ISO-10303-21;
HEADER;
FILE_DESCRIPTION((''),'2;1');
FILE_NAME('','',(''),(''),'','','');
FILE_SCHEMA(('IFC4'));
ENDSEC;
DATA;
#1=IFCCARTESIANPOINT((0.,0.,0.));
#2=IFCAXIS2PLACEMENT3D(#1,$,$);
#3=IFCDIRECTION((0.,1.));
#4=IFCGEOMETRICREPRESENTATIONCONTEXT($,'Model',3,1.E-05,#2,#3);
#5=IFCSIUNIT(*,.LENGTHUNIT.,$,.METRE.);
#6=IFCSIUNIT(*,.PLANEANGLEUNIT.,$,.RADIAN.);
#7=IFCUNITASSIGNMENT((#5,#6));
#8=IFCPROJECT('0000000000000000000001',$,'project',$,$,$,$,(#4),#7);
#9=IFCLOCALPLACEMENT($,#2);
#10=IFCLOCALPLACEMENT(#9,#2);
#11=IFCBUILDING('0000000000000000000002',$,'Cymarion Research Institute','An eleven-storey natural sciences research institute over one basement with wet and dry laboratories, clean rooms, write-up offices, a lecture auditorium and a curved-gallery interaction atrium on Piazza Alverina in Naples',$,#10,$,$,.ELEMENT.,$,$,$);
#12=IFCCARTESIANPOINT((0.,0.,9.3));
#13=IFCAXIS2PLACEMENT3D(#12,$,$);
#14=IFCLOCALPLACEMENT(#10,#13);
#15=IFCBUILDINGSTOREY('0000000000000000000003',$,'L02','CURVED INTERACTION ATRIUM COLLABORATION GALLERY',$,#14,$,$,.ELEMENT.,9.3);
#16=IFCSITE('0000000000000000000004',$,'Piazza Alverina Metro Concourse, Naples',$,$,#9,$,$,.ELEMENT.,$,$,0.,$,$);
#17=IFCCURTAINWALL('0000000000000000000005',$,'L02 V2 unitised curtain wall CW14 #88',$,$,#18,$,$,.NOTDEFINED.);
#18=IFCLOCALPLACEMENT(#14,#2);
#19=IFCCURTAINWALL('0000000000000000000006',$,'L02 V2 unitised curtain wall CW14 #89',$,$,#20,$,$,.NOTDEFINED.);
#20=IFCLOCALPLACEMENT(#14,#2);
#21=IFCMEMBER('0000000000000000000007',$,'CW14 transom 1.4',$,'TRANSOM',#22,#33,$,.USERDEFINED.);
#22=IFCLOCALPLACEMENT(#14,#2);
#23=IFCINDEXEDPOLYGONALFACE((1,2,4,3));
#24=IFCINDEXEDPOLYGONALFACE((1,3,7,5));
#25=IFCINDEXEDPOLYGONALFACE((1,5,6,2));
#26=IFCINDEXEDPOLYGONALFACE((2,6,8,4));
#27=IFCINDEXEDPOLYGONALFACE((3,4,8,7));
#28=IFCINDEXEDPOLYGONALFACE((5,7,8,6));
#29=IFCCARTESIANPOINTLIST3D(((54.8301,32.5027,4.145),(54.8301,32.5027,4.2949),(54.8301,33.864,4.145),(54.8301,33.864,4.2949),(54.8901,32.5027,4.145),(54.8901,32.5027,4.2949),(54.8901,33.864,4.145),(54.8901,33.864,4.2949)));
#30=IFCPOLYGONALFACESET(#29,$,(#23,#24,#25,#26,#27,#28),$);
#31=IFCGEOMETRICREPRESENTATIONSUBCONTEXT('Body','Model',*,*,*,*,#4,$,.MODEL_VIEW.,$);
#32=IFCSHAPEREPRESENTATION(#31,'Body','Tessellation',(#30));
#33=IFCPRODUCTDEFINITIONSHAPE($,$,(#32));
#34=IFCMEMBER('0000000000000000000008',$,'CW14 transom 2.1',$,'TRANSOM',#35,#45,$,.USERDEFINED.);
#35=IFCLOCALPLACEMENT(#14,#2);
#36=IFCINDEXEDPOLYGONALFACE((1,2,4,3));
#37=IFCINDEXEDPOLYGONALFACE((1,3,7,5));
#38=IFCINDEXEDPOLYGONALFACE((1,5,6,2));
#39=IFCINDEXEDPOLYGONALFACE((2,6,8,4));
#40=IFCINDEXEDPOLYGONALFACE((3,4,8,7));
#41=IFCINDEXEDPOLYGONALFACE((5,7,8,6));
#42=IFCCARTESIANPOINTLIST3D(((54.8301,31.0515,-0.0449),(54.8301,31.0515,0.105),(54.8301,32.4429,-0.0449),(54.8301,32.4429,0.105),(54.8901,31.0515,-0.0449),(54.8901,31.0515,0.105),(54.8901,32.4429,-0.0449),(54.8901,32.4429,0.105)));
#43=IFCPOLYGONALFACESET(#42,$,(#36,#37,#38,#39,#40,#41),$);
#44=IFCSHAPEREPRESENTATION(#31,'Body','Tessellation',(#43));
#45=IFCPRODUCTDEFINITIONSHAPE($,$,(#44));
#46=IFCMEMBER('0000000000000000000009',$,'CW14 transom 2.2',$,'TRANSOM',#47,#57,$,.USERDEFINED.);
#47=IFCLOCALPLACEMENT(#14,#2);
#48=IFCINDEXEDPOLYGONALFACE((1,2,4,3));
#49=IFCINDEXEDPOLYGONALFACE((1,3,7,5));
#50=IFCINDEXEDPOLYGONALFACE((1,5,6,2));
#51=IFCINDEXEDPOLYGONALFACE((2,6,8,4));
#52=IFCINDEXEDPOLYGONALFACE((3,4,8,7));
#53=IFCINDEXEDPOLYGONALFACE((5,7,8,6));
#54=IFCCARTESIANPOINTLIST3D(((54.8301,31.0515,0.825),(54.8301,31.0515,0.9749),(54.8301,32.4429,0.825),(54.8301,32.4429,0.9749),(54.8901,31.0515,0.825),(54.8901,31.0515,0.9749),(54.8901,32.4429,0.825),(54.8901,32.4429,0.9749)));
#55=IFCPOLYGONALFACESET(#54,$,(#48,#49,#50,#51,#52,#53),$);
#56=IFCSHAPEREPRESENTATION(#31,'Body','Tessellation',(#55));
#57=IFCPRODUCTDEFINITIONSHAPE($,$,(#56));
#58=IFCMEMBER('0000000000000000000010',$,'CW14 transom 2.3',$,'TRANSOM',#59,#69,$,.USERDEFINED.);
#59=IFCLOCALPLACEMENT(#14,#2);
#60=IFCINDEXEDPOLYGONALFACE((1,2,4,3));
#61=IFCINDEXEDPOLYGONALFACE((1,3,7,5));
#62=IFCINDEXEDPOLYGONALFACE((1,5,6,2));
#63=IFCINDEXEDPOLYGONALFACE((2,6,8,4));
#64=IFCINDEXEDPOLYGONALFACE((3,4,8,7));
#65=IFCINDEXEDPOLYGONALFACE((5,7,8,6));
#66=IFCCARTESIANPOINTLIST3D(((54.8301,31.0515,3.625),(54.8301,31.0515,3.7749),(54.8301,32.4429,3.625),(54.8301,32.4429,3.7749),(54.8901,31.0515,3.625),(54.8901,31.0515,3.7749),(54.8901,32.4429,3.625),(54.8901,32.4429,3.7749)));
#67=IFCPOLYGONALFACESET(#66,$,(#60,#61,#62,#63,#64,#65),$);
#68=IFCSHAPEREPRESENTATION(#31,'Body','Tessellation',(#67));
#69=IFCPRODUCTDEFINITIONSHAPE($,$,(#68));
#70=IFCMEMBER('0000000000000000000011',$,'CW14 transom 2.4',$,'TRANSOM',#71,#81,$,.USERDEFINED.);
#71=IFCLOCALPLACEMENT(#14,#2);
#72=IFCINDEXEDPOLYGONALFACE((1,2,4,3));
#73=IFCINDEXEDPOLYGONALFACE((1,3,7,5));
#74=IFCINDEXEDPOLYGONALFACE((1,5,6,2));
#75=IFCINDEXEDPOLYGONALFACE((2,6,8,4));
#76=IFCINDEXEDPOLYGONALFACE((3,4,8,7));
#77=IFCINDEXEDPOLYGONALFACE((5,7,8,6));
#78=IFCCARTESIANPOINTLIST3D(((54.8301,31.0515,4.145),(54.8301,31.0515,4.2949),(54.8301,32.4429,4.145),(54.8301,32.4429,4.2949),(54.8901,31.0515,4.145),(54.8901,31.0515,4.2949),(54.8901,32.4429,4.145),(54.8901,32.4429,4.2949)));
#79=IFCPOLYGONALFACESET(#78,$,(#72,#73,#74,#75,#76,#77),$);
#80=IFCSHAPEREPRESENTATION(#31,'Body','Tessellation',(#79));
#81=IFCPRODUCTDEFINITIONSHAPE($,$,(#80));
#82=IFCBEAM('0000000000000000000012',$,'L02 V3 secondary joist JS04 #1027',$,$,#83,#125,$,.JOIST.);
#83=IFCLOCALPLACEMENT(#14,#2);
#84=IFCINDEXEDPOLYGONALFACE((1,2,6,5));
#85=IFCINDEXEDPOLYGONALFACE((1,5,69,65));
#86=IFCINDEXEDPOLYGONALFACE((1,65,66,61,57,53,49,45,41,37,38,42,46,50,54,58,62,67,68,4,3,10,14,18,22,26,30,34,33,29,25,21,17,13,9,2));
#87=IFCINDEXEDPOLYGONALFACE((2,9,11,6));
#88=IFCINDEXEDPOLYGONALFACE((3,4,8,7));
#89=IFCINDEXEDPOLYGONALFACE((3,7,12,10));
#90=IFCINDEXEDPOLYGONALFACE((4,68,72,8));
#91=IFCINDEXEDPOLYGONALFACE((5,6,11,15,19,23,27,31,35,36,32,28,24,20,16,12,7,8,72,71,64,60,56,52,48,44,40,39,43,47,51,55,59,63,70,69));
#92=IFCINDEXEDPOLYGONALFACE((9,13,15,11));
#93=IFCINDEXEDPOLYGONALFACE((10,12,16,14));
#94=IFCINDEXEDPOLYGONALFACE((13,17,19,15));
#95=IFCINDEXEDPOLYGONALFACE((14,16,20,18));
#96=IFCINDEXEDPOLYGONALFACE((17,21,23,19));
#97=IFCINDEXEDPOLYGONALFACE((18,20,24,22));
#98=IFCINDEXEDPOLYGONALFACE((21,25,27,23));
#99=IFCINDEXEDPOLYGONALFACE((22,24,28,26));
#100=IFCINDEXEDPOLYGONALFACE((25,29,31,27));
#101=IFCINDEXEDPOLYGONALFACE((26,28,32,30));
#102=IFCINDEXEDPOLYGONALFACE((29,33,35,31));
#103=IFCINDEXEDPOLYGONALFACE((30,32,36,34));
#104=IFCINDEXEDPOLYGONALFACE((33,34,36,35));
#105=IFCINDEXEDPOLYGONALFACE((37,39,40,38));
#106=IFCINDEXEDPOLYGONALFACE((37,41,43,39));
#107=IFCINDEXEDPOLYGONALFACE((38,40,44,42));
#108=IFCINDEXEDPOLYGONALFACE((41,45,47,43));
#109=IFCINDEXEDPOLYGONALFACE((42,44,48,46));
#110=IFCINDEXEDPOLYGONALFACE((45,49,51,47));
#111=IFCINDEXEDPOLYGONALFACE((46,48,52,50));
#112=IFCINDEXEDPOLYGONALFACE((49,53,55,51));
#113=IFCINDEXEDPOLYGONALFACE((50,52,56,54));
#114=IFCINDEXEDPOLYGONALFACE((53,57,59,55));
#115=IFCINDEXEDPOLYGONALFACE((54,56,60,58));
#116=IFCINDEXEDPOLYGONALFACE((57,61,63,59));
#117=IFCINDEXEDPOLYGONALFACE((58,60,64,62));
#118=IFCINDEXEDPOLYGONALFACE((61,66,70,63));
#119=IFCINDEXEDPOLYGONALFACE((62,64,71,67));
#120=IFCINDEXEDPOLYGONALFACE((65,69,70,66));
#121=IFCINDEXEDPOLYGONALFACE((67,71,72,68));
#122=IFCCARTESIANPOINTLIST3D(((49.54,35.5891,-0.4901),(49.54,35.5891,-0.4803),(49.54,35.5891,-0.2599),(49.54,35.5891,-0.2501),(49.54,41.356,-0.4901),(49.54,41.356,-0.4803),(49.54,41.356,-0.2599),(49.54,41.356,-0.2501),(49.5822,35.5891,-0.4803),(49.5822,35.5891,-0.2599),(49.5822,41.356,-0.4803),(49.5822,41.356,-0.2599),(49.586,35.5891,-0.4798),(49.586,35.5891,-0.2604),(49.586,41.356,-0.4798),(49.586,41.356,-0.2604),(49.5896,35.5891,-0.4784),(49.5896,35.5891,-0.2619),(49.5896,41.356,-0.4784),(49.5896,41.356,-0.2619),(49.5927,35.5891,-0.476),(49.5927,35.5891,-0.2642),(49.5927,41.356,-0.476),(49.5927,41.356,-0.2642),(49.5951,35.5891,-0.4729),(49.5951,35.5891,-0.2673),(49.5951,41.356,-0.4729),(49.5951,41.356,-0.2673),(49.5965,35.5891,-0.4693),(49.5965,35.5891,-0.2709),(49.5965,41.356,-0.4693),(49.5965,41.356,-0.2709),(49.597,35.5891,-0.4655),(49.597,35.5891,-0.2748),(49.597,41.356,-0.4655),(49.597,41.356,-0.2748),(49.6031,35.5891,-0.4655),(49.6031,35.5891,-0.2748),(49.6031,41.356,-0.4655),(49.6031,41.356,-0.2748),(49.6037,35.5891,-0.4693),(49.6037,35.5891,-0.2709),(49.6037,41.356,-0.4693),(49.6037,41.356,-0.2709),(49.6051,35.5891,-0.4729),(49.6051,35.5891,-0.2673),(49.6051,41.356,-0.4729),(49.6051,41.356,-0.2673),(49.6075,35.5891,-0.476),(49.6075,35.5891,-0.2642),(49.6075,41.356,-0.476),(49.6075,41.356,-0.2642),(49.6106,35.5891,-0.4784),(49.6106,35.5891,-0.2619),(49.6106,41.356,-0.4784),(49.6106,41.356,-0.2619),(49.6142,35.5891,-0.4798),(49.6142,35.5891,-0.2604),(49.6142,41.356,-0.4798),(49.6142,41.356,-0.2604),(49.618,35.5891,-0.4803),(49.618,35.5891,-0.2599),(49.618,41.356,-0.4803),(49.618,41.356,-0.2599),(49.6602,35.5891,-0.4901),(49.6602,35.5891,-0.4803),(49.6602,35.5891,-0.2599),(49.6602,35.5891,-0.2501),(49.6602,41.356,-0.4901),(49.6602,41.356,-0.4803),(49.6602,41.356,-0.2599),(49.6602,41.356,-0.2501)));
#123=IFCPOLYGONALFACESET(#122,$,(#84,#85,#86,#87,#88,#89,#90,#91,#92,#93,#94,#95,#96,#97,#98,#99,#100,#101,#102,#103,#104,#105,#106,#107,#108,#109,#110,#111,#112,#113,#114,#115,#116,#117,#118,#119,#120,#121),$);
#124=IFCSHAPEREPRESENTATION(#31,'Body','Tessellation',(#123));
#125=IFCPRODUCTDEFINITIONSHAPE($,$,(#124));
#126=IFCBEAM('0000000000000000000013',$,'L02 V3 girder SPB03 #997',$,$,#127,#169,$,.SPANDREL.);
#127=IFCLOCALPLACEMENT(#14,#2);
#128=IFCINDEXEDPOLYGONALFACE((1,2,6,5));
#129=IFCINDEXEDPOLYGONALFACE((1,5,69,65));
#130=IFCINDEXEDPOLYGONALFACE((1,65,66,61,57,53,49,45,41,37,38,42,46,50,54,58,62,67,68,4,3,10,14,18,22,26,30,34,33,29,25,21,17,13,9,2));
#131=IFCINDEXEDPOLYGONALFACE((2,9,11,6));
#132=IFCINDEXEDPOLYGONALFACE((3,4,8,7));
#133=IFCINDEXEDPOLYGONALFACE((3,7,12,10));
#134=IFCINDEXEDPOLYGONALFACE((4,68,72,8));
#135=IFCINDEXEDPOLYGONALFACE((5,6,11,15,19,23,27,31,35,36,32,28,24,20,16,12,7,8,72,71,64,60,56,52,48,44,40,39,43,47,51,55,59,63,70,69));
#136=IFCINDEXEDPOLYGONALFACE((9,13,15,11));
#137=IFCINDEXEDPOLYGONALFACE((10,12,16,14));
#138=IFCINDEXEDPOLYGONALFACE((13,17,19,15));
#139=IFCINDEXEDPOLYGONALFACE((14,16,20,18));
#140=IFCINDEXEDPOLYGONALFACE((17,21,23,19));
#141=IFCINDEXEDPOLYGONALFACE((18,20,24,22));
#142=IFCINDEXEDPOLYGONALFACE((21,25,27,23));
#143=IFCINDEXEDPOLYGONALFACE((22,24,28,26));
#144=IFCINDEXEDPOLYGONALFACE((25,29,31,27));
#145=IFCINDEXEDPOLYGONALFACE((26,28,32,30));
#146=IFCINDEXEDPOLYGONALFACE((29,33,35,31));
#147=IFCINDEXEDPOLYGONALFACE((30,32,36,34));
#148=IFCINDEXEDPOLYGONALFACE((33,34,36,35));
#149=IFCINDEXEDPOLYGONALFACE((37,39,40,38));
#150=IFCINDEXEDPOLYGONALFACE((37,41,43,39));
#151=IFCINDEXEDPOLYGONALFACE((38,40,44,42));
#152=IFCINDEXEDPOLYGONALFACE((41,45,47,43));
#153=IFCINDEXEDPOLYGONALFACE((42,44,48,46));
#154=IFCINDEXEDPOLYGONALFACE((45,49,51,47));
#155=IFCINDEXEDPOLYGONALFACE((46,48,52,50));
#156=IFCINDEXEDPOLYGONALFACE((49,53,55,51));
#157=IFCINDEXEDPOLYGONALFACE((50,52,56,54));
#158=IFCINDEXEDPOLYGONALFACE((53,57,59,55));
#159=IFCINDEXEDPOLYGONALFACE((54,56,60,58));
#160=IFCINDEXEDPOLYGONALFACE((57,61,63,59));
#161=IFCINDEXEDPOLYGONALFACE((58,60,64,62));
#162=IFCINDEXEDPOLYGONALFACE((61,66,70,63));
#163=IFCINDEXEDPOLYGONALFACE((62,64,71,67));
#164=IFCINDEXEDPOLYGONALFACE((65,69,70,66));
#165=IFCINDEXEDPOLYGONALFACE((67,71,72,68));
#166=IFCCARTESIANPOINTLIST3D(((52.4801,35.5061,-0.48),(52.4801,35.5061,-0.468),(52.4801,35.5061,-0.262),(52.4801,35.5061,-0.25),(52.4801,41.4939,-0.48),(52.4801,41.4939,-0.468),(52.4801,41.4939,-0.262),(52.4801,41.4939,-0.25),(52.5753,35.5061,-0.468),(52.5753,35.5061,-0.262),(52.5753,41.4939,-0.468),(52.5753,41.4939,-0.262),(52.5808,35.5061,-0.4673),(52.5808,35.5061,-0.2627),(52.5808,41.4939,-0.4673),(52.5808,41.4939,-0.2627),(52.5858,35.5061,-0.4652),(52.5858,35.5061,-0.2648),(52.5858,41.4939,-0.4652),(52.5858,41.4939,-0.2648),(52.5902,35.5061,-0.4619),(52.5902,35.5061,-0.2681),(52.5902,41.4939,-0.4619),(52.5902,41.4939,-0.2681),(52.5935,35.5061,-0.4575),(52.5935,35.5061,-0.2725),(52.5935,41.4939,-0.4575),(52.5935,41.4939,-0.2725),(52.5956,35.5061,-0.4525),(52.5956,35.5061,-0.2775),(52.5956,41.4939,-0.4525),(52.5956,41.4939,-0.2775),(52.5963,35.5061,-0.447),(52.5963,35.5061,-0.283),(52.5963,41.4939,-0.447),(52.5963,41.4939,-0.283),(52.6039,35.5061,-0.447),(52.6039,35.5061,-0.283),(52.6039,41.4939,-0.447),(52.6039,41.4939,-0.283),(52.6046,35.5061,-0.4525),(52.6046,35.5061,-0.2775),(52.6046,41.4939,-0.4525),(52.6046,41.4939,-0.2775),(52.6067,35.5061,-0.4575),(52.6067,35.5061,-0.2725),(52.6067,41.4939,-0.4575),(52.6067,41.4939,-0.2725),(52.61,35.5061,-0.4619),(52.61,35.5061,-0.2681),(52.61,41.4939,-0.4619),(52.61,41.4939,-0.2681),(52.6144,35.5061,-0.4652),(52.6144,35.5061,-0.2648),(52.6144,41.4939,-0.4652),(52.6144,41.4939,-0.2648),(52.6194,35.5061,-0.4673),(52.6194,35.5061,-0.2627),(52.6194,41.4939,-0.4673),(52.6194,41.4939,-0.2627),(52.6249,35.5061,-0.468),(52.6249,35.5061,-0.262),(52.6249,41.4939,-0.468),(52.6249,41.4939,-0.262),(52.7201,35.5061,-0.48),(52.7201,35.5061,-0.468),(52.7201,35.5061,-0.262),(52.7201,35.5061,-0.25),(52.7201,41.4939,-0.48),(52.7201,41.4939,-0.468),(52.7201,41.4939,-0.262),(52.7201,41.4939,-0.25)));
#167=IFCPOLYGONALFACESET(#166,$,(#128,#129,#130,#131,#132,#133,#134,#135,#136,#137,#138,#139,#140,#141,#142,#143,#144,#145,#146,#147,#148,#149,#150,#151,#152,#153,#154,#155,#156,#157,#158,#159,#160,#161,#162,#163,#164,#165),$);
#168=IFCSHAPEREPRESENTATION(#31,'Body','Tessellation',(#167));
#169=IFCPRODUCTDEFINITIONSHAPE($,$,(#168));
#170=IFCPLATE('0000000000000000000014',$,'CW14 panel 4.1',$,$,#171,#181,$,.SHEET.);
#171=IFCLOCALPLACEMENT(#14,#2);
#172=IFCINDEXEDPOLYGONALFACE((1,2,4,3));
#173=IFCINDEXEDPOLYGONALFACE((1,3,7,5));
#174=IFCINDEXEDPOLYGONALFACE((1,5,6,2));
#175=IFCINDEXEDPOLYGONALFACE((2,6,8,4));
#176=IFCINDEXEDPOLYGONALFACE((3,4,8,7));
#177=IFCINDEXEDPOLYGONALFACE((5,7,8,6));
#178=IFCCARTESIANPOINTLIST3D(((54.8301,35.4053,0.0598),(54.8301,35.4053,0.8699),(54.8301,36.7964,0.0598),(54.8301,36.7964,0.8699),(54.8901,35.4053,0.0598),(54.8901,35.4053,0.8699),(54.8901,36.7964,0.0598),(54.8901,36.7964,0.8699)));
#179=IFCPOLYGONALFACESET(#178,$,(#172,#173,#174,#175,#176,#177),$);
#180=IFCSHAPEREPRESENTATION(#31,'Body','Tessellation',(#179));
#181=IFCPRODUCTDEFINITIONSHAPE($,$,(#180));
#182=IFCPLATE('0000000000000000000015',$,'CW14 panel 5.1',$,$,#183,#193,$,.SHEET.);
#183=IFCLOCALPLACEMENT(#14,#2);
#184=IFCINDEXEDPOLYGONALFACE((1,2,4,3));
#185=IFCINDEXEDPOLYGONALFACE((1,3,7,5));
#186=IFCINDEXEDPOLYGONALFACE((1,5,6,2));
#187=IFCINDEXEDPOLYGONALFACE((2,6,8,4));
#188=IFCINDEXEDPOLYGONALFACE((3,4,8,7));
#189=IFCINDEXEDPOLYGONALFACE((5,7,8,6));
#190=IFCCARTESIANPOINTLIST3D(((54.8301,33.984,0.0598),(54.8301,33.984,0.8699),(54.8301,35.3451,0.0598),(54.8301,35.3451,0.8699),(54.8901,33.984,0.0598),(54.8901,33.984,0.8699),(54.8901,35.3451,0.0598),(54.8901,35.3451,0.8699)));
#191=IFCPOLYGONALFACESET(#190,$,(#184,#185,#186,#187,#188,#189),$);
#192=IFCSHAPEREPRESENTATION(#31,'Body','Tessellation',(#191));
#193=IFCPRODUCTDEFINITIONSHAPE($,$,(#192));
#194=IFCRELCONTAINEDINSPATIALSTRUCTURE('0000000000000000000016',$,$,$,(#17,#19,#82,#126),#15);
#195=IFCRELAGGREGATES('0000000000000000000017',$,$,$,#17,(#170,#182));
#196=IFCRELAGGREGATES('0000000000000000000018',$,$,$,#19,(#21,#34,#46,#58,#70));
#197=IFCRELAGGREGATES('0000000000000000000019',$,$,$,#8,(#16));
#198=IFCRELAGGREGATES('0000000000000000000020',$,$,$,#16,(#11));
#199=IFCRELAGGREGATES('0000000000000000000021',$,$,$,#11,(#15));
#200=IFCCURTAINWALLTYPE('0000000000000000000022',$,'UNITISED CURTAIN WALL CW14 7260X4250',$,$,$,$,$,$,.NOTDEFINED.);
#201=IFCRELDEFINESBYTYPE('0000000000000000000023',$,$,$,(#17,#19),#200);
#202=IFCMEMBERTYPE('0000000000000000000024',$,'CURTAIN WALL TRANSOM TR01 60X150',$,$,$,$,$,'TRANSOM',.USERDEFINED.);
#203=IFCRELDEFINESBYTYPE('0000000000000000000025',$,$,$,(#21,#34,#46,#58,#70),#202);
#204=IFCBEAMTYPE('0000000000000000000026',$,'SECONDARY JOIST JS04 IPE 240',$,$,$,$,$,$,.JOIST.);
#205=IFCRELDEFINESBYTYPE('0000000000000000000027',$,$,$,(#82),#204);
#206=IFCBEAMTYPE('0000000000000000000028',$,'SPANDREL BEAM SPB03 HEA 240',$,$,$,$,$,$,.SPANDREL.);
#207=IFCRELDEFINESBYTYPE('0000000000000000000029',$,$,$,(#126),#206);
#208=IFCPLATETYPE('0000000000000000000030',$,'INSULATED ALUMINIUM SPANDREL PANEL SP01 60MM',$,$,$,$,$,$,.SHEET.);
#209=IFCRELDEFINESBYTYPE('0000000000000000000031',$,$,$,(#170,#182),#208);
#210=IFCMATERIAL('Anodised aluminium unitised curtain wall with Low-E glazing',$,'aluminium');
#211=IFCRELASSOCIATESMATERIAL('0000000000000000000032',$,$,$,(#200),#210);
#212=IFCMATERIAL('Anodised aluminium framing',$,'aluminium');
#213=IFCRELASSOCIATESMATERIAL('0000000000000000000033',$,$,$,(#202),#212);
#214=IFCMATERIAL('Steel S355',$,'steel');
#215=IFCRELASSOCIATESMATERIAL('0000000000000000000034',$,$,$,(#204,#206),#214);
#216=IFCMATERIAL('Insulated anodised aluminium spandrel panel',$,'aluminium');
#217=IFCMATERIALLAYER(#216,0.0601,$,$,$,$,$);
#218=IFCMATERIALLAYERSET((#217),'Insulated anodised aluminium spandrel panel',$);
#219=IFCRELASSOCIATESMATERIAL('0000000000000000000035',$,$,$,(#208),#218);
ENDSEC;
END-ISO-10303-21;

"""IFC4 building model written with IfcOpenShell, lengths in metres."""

from ifc_helpers import new_model, si_unit, direction, frame, origin, origin_2d, place, context, subcontext, project, spatial, rectangle, i_section, extrude, material, layer, layer_set, material_profile, profile_set, type_object, element, aggregate, save


model = new_model("IFC4")

# Units and contexts
model_context = context("Model", 3, precision=1e-05, world=origin(), true_north=direction((0.0, 1.0)))
body_context = subcontext(model_context, "Body", "Model", "MODEL_VIEW")
ifc_project = project(units=[si_unit("LENGTHUNIT", "METRE"), si_unit("PLANEANGLEUNIT", "RADIAN")], contexts=[model_context])

# Site, building, storey
site_placement = place(None, origin())
site = spatial("IfcSite", under=ifc_project, at=site_placement, Name="Piazza Alverina Metro Concourse, Naples", CompositionType="ELEMENT", RefElevation=0.0)
building_placement = place(site_placement, origin())
building = spatial("IfcBuilding", under=site, at=building_placement, Name="Cymarion Research Institute", Description="An eleven-storey natural sciences research institute over one basement with wet and dry laboratories, clean rooms, write-up offices, a lecture auditorium and a curved-gallery interaction atrium on Piazza Alverina in Naples", CompositionType="ELEMENT")
storey_placement = place(building_placement, frame((0.0, 0.0, 9.3)))
storey = spatial("IfcBuildingStorey", under=building, at=storey_placement, Name="L02", Description="CURVED INTERACTION ATRIUM COLLABORATION GALLERY", CompositionType="ELEMENT", Elevation=9.3)

# Shared definitions
ifc_material_1 = material(Name="Steel S355", Category="steel")

# Curtain walls
ifc_material_2 = material(Name="Anodised aluminium unitised curtain wall with Low-E glazing", Category="aluminium")
curtain_wall_type = type_object("IfcCurtainWallType", Name="UNITISED CURTAIN WALL CW14 7260X4250", PredefinedType="NOTDEFINED", material=ifc_material_2)
curtain_wall_1_placement = place(storey_placement, origin())
curtain_wall_1 = element("IfcCurtainWall", 1, at=curtain_wall_1_placement, inside=storey, type_object=curtain_wall_type, Name="L02 V2 unitised curtain wall CW14 #88", PredefinedType="NOTDEFINED")
ifc_material_3 = material(Name="Anodised aluminium framing", Category="aluminium")
curtain_wall_2_placement = place(storey_placement, origin())
curtain_wall_2 = element("IfcCurtainWall", 2, at=curtain_wall_2_placement, inside=storey, type_object=curtain_wall_type, Name="L02 V2 unitised curtain wall CW14 #89", PredefinedType="NOTDEFINED")

# Members
ifc_material_profile_1 = material_profile(ifc_material_3, rectangle(XDim=0.0601, YDim=0.1499, at=origin_2d()), Name="ALU TRANSOM 60x150")
ifc_profile_set_1 = profile_set([ifc_material_profile_1], Name="Anodised aluminium framing")
member_type_1 = type_object("IfcMemberType", Name="CURTAIN WALL TRANSOM TR01 60X150", ElementType="TRANSOM", PredefinedType="USERDEFINED", material=ifc_profile_set_1)
member_1_placement = place(storey_placement, frame((54.8601, 33.864, 4.22), z_axis=(0.0, -1.0, 0.0), x_axis=(1.0, 0.0, 0.0)))
member_1 = element("IfcMember", 3, at=member_1_placement, type_object=member_type_1, Name="CW14 transom 1.4", ObjectType="TRANSOM", PredefinedType="USERDEFINED", context=body_context, shape_type="SweptSolid", body=[
    extrude(rectangle(XDim=0.0601, YDim=0.1499, at=origin_2d()), origin(), (0.0, 0.0, 1.0), 1.3613),
])
member_2_placement = place(storey_placement, frame((54.8601, 32.4429, 0.03), z_axis=(0.0, -1.0, 0.0), x_axis=(1.0, 0.0, 0.0)))
member_2 = element("IfcMember", 4, at=member_2_placement, type_object=member_type_1, Name="CW14 transom 2.1", ObjectType="TRANSOM", PredefinedType="USERDEFINED", context=body_context, shape_type="SweptSolid", body=[
    extrude(rectangle(XDim=0.0601, YDim=0.1499, at=origin_2d()), origin(), (0.0, 0.0, 1.0), 1.3914),
])
member_3_placement = place(storey_placement, frame((54.8601, 32.4429, 0.8999), z_axis=(0.0, -1.0, 0.0), x_axis=(1.0, 0.0, 0.0)))
member_3 = element("IfcMember", 5, at=member_3_placement, type_object=member_type_1, Name="CW14 transom 2.2", ObjectType="TRANSOM", PredefinedType="USERDEFINED", context=body_context, shape_type="SweptSolid", body=[
    extrude(rectangle(XDim=0.0601, YDim=0.1499, at=origin_2d()), origin(), (0.0, 0.0, 1.0), 1.3914),
])
member_4_placement = place(storey_placement, frame((54.8601, 32.4429, 3.7), z_axis=(0.0, -1.0, 0.0), x_axis=(1.0, 0.0, 0.0)))
member_4 = element("IfcMember", 6, at=member_4_placement, type_object=member_type_1, Name="CW14 transom 2.3", ObjectType="TRANSOM", PredefinedType="USERDEFINED", context=body_context, shape_type="SweptSolid", body=[
    extrude(rectangle(XDim=0.0601, YDim=0.1499, at=origin_2d()), origin(), (0.0, 0.0, 1.0), 1.3914),
])
member_5_placement = place(storey_placement, frame((54.8601, 32.4429, 4.22), z_axis=(0.0, -1.0, 0.0), x_axis=(1.0, 0.0, 0.0)))
member_5 = element("IfcMember", 7, at=member_5_placement, type_object=member_type_1, Name="CW14 transom 2.4", ObjectType="TRANSOM", PredefinedType="USERDEFINED", context=body_context, shape_type="SweptSolid", body=[
    extrude(rectangle(XDim=0.0601, YDim=0.1499, at=origin_2d()), origin(), (0.0, 0.0, 1.0), 1.3914),
])

# Beams
ifc_material_profile_2 = material_profile(ifc_material_1, i_section(OverallWidth=0.1201, OverallDepth=0.24, WebThickness=0.0061, FlangeThickness=0.0098, FilletRadius=0.0149, at=origin_2d()), Name="IPE 240")
ifc_profile_set_2 = profile_set([ifc_material_profile_2], Name="Steel S355")
beam_type_1 = type_object("IfcBeamType", Name="SECONDARY JOIST JS04 IPE 240", PredefinedType="JOIST", material=ifc_profile_set_2)
beam_1_placement = place(storey_placement, frame((49.6001, 35.5891, -0.3701), z_axis=(0.0, 1.0, 0.0), x_axis=(-1.0, 0.0, 0.0)))
element("IfcBeam", 8, at=beam_1_placement, inside=storey, type_object=beam_type_1, Name="L02 V3 secondary joist JS04 #1027", PredefinedType="JOIST", context=body_context, shape_type="SweptSolid", body=[
    extrude(i_section(OverallWidth=0.1201, OverallDepth=0.24, WebThickness=0.0061, FlangeThickness=0.0098, FilletRadius=0.0149, at=origin_2d()), origin(), (0.0, 0.0, 1.0), 5.7668),
])
ifc_material_profile_3 = material_profile(ifc_material_1, i_section(OverallWidth=0.24, OverallDepth=0.23, WebThickness=0.0076, FlangeThickness=0.012, FilletRadius=0.021, at=origin_2d()), Name="HEA 240")
ifc_profile_set_3 = profile_set([ifc_material_profile_3], Name="Steel S355")
beam_type_2 = type_object("IfcBeamType", Name="SPANDREL BEAM SPB03 HEA 240", PredefinedType="SPANDREL", material=ifc_profile_set_3)
beam_2_placement = place(storey_placement, frame((52.6001, 35.5061, -0.365), z_axis=(0.0, 1.0, 0.0), x_axis=(-1.0, 0.0, 0.0)))
element("IfcBeam", 9, at=beam_2_placement, inside=storey, type_object=beam_type_2, Name="L02 V3 girder SPB03 #997", PredefinedType="SPANDREL", context=body_context, shape_type="SweptSolid", body=[
    extrude(i_section(OverallWidth=0.24, OverallDepth=0.23, WebThickness=0.0076, FlangeThickness=0.012, FilletRadius=0.021, at=origin_2d()), origin(), (0.0, 0.0, 1.0), 5.9878),
])

# Plates
ifc_material_4 = material(Name="Insulated anodised aluminium spandrel panel", Category="aluminium")
ifc_layer_1 = layer(ifc_material_4, 0.0601)
ifc_layer_set_1 = layer_set([ifc_layer_1], Name="Insulated anodised aluminium spandrel panel")
plate_type_1 = type_object("IfcPlateType", Name="INSULATED ALUMINIUM SPANDREL PANEL SP01 60MM", PredefinedType="SHEET", material=ifc_layer_set_1)
plate_1_placement = place(storey_placement, frame((54.8601, 36.1008, 0.0598), z_axis=(0.0, 0.0, 1.0), x_axis=(0.0, -1.0, 0.0)))
plate_1 = element("IfcPlate", 10, at=plate_1_placement, type_object=plate_type_1, Name="CW14 panel 4.1", PredefinedType="SHEET", context=body_context, shape_type="SweptSolid", body=[
    extrude(rectangle(XDim=1.3911, YDim=0.0601, at=origin_2d()), origin(), (0.0, 0.0, 1.0), 0.8101),
])
plate_2_placement = place(storey_placement, frame((54.8601, 34.6646, 0.0598), z_axis=(0.0, 0.0, 1.0), x_axis=(0.0, -1.0, 0.0)))
plate_2 = element("IfcPlate", 11, at=plate_2_placement, type_object=plate_type_1, Name="CW14 panel 5.1", PredefinedType="SHEET", context=body_context, shape_type="SweptSolid", body=[
    extrude(rectangle(XDim=1.3611, YDim=0.0601, at=origin_2d()), origin(), (0.0, 0.0, 1.0), 0.8101),
])
aggregate(curtain_wall_1, [plate_1, plate_2])
aggregate(curtain_wall_2, [member_1, member_2, member_3, member_4, member_5])

save(model, "model.ifc")
